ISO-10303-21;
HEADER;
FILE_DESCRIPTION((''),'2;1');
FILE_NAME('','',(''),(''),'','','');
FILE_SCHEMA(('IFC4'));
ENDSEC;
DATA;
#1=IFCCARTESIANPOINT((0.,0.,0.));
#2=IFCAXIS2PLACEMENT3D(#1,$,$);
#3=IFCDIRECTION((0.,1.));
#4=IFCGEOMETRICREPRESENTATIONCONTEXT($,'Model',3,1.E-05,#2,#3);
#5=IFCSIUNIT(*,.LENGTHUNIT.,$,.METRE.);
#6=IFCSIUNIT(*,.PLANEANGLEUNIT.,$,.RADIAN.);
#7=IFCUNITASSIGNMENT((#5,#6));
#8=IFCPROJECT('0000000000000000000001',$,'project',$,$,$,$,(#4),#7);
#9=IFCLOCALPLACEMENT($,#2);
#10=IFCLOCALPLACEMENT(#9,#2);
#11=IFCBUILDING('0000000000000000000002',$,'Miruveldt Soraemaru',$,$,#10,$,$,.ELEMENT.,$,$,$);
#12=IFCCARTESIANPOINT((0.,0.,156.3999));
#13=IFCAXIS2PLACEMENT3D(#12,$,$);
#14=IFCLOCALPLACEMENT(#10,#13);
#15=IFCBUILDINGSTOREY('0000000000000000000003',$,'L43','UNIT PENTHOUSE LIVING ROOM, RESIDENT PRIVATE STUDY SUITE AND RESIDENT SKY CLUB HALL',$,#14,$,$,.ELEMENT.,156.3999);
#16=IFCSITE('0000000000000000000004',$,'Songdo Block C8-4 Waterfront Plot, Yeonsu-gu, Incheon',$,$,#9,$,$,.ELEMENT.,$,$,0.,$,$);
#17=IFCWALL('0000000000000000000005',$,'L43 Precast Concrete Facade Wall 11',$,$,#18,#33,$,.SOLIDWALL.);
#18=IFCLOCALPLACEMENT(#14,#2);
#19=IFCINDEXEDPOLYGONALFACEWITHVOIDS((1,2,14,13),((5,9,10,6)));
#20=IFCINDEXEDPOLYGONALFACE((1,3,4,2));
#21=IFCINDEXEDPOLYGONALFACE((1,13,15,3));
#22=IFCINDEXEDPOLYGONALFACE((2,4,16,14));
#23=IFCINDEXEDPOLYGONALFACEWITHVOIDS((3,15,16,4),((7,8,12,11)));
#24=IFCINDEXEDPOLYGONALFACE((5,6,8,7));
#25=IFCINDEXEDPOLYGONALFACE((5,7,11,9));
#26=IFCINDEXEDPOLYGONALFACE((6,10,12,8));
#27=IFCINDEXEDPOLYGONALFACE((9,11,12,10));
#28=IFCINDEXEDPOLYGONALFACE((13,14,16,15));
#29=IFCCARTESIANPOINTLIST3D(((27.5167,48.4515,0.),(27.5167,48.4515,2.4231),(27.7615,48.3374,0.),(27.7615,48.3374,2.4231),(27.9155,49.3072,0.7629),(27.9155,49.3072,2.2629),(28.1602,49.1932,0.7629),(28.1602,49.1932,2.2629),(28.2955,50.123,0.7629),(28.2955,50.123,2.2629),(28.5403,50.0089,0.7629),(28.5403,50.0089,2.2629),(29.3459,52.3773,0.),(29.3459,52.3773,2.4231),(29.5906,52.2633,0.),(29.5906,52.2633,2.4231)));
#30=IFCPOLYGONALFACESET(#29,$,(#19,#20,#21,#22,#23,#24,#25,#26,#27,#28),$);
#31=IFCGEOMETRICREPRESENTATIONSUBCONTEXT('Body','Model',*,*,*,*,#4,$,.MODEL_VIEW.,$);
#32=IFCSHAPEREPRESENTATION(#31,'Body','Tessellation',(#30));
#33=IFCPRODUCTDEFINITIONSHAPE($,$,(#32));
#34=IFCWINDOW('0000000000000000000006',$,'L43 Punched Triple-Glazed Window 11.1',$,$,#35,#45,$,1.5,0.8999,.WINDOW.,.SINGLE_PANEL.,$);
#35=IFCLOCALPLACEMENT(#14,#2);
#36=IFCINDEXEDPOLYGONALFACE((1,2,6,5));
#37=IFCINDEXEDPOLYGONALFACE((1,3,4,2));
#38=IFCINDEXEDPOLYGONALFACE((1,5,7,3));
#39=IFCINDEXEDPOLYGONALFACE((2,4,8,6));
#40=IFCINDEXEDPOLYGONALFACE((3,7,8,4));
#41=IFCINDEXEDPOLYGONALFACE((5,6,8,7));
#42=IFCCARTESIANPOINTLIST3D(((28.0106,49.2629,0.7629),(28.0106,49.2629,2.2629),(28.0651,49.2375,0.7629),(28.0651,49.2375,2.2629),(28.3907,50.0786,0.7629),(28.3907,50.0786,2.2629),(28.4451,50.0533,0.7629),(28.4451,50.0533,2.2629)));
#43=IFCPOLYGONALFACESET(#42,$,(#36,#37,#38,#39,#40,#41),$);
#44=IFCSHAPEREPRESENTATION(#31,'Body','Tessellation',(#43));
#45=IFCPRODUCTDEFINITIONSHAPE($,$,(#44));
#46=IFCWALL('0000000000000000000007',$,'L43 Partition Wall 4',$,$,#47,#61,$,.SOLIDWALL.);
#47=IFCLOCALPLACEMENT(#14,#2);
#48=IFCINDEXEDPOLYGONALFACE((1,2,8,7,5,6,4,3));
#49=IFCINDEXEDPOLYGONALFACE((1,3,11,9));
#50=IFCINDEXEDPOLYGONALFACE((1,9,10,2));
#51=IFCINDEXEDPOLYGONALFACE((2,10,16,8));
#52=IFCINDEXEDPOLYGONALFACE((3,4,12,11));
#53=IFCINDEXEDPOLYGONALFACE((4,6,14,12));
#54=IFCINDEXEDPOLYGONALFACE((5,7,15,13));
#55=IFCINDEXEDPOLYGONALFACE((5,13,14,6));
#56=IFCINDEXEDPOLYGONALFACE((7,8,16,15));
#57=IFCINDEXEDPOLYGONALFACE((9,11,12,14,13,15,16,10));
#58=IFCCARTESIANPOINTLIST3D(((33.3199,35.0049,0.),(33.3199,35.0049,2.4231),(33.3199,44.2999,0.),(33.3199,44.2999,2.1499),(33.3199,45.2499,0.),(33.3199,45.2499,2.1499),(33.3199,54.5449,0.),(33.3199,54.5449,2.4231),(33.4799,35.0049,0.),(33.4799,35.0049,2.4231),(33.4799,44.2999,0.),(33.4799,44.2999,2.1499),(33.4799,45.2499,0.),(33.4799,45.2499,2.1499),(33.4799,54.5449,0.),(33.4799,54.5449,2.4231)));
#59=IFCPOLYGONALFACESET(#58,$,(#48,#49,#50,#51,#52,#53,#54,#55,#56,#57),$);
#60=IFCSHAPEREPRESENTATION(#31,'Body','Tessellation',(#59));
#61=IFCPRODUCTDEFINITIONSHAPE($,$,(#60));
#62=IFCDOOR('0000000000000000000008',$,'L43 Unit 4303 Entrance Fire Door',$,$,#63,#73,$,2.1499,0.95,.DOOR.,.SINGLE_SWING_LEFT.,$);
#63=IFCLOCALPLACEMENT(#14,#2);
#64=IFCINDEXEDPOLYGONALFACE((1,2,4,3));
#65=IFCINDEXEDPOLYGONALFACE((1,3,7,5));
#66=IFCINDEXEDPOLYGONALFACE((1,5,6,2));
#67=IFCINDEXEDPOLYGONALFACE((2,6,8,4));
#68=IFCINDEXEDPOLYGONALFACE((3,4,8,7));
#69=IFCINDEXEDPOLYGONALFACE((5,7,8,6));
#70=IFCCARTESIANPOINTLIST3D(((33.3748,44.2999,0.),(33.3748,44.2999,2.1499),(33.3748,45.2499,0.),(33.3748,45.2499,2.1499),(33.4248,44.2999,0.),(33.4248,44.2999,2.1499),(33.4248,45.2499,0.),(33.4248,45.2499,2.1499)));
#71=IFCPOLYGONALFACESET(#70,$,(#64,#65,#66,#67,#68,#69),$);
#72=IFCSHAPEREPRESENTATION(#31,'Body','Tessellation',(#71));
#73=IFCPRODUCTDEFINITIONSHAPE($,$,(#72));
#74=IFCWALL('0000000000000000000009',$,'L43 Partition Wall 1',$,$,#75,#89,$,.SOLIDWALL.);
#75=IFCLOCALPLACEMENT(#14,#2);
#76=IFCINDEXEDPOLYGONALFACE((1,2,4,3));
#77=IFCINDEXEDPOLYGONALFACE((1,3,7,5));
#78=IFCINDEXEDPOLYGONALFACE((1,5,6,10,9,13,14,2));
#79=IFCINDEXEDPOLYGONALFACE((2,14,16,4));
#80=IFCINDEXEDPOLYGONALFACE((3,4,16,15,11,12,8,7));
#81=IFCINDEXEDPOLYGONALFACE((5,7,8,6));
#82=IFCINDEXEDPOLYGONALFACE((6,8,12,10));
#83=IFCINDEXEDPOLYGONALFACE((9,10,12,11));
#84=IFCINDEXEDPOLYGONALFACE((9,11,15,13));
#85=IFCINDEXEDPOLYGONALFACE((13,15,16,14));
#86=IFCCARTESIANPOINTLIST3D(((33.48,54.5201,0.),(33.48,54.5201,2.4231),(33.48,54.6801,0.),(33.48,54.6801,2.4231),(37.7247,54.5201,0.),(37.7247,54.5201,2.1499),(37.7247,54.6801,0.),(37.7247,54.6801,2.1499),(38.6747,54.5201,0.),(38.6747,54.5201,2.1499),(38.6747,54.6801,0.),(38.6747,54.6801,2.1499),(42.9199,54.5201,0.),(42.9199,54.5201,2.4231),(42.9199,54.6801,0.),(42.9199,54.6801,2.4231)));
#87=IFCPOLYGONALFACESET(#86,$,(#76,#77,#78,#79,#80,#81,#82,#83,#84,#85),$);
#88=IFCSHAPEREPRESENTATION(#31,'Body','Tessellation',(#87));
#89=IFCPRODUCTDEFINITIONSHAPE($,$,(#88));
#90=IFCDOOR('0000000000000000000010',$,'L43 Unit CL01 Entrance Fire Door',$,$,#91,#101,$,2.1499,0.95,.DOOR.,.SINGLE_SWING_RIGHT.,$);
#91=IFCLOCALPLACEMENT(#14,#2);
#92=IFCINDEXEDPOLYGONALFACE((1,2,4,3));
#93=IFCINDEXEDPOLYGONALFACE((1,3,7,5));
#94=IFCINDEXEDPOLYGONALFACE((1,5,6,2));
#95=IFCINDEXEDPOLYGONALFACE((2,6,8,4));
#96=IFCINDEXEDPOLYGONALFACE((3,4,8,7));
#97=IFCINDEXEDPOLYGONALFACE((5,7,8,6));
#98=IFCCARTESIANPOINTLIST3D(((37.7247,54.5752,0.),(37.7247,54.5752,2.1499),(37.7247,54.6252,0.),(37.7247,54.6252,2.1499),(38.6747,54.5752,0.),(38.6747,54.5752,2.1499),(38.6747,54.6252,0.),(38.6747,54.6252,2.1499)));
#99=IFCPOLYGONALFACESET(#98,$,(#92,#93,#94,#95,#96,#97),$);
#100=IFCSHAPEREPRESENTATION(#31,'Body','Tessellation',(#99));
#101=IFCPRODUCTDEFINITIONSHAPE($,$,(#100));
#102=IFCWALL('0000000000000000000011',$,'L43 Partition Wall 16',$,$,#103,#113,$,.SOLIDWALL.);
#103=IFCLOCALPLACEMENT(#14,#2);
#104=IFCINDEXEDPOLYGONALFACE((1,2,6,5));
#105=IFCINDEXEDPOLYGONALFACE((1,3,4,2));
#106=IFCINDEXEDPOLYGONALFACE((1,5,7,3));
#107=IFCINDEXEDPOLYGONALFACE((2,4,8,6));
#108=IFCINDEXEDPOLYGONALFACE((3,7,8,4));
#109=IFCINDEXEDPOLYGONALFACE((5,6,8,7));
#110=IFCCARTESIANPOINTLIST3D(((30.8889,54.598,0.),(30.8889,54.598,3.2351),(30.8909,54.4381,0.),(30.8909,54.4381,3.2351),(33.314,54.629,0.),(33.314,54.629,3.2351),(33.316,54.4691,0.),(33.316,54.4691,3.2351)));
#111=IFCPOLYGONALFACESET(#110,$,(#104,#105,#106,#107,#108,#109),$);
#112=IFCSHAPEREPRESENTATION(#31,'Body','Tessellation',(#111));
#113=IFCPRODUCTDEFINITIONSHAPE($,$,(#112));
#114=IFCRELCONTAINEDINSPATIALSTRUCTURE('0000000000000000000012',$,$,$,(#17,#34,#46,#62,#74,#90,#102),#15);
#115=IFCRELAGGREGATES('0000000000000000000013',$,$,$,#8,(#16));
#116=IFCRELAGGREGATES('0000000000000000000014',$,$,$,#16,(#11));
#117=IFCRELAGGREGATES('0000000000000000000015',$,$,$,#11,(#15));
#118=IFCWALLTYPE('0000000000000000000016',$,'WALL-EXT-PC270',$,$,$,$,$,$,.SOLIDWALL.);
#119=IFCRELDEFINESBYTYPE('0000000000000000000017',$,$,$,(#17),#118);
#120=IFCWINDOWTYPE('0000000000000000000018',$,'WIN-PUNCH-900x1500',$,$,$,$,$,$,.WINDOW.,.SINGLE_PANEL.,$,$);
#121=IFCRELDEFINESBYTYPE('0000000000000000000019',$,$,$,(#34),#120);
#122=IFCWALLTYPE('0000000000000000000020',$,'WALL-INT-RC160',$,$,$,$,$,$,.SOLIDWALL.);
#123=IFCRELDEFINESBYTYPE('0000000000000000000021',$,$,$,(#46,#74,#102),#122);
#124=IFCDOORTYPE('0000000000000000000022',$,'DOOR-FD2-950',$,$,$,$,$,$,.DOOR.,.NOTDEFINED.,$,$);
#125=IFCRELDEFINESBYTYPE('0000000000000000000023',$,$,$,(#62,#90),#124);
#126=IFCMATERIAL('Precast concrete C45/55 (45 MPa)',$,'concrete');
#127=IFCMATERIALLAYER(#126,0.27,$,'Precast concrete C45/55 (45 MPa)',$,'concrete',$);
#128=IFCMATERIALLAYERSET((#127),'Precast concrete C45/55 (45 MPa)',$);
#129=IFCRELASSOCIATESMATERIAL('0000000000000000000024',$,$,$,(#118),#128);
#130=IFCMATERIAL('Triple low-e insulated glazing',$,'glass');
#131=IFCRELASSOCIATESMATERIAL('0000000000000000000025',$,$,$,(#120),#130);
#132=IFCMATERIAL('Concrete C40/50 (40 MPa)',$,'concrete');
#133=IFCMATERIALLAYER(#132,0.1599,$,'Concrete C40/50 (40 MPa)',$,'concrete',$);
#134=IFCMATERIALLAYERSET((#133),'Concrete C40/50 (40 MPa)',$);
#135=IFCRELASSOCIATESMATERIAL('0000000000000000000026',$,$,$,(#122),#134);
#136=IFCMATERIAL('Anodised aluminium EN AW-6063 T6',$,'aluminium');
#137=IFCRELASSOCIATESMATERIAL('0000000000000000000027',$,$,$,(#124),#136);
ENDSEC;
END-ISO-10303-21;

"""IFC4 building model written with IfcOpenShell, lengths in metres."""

from ifc_helpers import new_model, si_unit, direction, frame, frame_2d, origin, place, context, subcontext, project, spatial, rectangle, extrude, material, layer, layer_set, type_object, element, fill, save


model = new_model("IFC4")

# Units and contexts
model_context = context("Model", 3, precision=1e-05, world=origin(), true_north=direction((0.0, 1.0)))
body_context = subcontext(model_context, "Body", "Model", "MODEL_VIEW")
ifc_project = project(units=[si_unit("LENGTHUNIT", "METRE"), si_unit("PLANEANGLEUNIT", "RADIAN")], contexts=[model_context])

# Site, building, storey
site_placement = place(None, origin())
site = spatial("IfcSite", under=ifc_project, at=site_placement, Name="Songdo Block C8-4 Waterfront Plot, Yeonsu-gu, Incheon", CompositionType="ELEMENT", RefElevation=0.0)
building_placement = place(site_placement, origin())
building = spatial("IfcBuilding", under=site, at=building_placement, Name="Miruveldt Soraemaru", CompositionType="ELEMENT")
storey_placement = place(building_placement, frame((0.0, 0.0, 156.3999)))
storey = spatial("IfcBuildingStorey", under=building, at=storey_placement, Name="L43", Description="UNIT PENTHOUSE LIVING ROOM, RESIDENT PRIVATE STUDY SUITE AND RESIDENT SKY CLUB HALL", CompositionType="ELEMENT", Elevation=156.3999)

# Shared definitions
ifc_material_1 = material(Name="Concrete C40/50 (40 MPa)", Category="concrete")

# Wall, opening, window
ifc_material_2 = material(Name="Precast concrete C45/55 (45 MPa)", Category="concrete")
ifc_layer_1 = layer(ifc_material_2, 0.27, Name="Precast concrete C45/55 (45 MPa)", Category="concrete")
ifc_layer_set_1 = layer_set([ifc_layer_1], Name="Precast concrete C45/55 (45 MPa)")
wall_type_1 = type_object("IfcWallType", Name="WALL-EXT-PC270", PredefinedType="SOLIDWALL", material=ifc_layer_set_1)
wall_1_placement = place(storey_placement, frame((29.4683, 52.3203, 0.0), z_axis=(0.0, 0.0, 1.0), x_axis=(-0.42233, -0.906442, 0.0)))
wall_1 = element("IfcWall", 1, at=wall_1_placement, inside=storey, type_object=wall_type_1, Name="L43 Precast Concrete Facade Wall 11", PredefinedType="SOLIDWALL", context=body_context, shape_type="SweptSolid", body=[
    extrude(rectangle(XDim=4.3311, YDim=0.27, at=frame_2d((2.1655, 0.0))), origin(), (0.0, 0.0, 1.0), 2.4231),
])
opening_1_placement = place(wall_1_placement, frame((2.4871, 0.0, 0.7629)))
opening_1 = element("IfcOpeningElement", 2, at=opening_1_placement, cuts=wall_1, PredefinedType="OPENING", context=body_context, shape_type="SweptSolid", body=[
    extrude(rectangle(XDim=0.8999, YDim=1.5, at=frame_2d((0.45, 0.75))), frame((0.0, 0.145, 0.0), z_axis=(0.0, -1.0, 0.0), x_axis=(1.0, 0.0, 0.0)), (0.0, 0.0, 1.0), 0.29),
])
ifc_material_3 = material(Name="Triple low-e insulated glazing", Category="glass")
window_type = type_object("IfcWindowType", Name="WIN-PUNCH-900x1500", PartitioningType="SINGLE_PANEL", PredefinedType="WINDOW", material=ifc_material_3)
window_placement = place(opening_1_placement, origin())
window = element("IfcWindow", 3, at=window_placement, inside=storey, type_object=window_type, Name="L43 Punched Triple-Glazed Window 11.1", OverallHeight=1.5, OverallWidth=0.8999, PartitioningType="SINGLE_PANEL", PredefinedType="WINDOW", context=body_context, shape_type="SweptSolid", body=[
    extrude(rectangle(XDim=0.8999, YDim=1.5, at=frame_2d((0.45, 0.75))), frame((0.0, 0.03, 0.0), z_axis=(0.0, -1.0, 0.0), x_axis=(1.0, 0.0, 0.0)), (0.0, 0.0, 1.0), 0.0601),
])
fill(opening_1, window)

# Walls, openings, doors
ifc_layer_2 = layer(ifc_material_1, 0.1599, Name="Concrete C40/50 (40 MPa)", Category="concrete")
ifc_layer_set_2 = layer_set([ifc_layer_2], Name="Concrete C40/50 (40 MPa)")
wall_type_2 = type_object("IfcWallType", Name="WALL-INT-RC160", PredefinedType="SOLIDWALL", material=ifc_layer_set_2)
wall_2_placement = place(storey_placement, frame((33.3999, 54.5449, 0.0), z_axis=(0.0, 0.0, 1.0), x_axis=(0.0, -1.0, 0.0)))
wall_2 = element("IfcWall", 4, at=wall_2_placement, inside=storey, type_object=wall_type_2, Name="L43 Partition Wall 4", PredefinedType="SOLIDWALL", context=body_context, shape_type="SweptSolid", body=[
    extrude(rectangle(XDim=19.54, YDim=0.1599, at=frame_2d((9.77, 0.0))), origin(), (0.0, 0.0, 1.0), 2.4231),
])
opening_2_placement = place(wall_2_placement, frame((9.2949, 0.0, 0.0)))
opening_2 = element("IfcOpeningElement", 5, at=opening_2_placement, cuts=wall_2, PredefinedType="OPENING", context=body_context, shape_type="SweptSolid", body=[
    extrude(rectangle(XDim=0.95, YDim=2.1499, at=frame_2d((0.4751, 1.075))), frame((0.0, 0.0898, 0.0), z_axis=(0.0, -1.0, 0.0), x_axis=(1.0, 0.0, 0.0)), (0.0, 0.0, 1.0), 0.1799),
])
ifc_material_4 = material(Name="Anodised aluminium EN AW-6063 T6", Category="aluminium")
door_type = type_object("IfcDoorType", Name="DOOR-FD2-950", OperationType="NOTDEFINED", PredefinedType="DOOR", material=ifc_material_4)
door_1_placement = place(opening_2_placement, origin())
door_1 = element("IfcDoor", 6, at=door_1_placement, inside=storey, type_object=door_type, Name="L43 Unit 4303 Entrance Fire Door", OperationType="SINGLE_SWING_LEFT", OverallHeight=2.1499, OverallWidth=0.95, PredefinedType="DOOR", context=body_context, shape_type="SweptSolid", body=[
    extrude(rectangle(XDim=0.95, YDim=2.1499, at=frame_2d((0.4751, 1.075))), frame((0.0, 0.0249, 0.0), z_axis=(0.0, -1.0, 0.0), x_axis=(1.0, 0.0, 0.0)), (0.0, 0.0, 1.0), 0.05),
])
fill(opening_2, door_1)
wall_3_placement = place(storey_placement, frame((42.9199, 54.6001, 0.0), z_axis=(0.0, 0.0, 1.0), x_axis=(-1.0, 0.0, 0.0)))
wall_3 = element("IfcWall", 7, at=wall_3_placement, inside=storey, type_object=wall_type_2, Name="L43 Partition Wall 1", PredefinedType="SOLIDWALL", context=body_context, shape_type="SweptSolid", body=[
    extrude(rectangle(XDim=9.4399, YDim=0.1599, at=frame_2d((4.72, 0.0))), origin(), (0.0, 0.0, 1.0), 2.4231),
])
opening_3_placement = place(wall_3_placement, frame((4.2451, 0.0, 0.0)))
opening_3 = element("IfcOpeningElement", 8, at=opening_3_placement, cuts=wall_3, PredefinedType="OPENING", context=body_context, shape_type="SweptSolid", body=[
    extrude(rectangle(XDim=0.95, YDim=2.1499, at=frame_2d((0.4751, 1.075))), frame((0.0, 0.0898, 0.0), z_axis=(0.0, -1.0, 0.0), x_axis=(1.0, 0.0, 0.0)), (0.0, 0.0, 1.0), 0.1799),
])
door_2_placement = place(opening_3_placement, origin())
door_2 = element("IfcDoor", 9, at=door_2_placement, inside=storey, type_object=door_type, Name="L43 Unit CL01 Entrance Fire Door", OperationType="SINGLE_SWING_RIGHT", OverallHeight=2.1499, OverallWidth=0.95, PredefinedType="DOOR", context=body_context, shape_type="SweptSolid", body=[
    extrude(rectangle(XDim=0.95, YDim=2.1499, at=frame_2d((0.4751, 1.075))), frame((0.0, 0.0249, 0.0), z_axis=(0.0, -1.0, 0.0), x_axis=(1.0, 0.0, 0.0)), (0.0, 0.0, 1.0), 0.05),
])
fill(opening_3, door_2)

# Wall
wall_4_placement = place(storey_placement, frame((30.8899, 54.5181, 0.0), z_axis=(0.0, 0.0, 1.0), x_axis=(0.999918, 0.012785, 0.0)))
element("IfcWall", 10, at=wall_4_placement, inside=storey, type_object=wall_type_2, Name="L43 Partition Wall 16", PredefinedType="SOLIDWALL", context=body_context, shape_type="SweptSolid", body=[
    extrude(rectangle(XDim=2.4253, YDim=0.1599, at=frame_2d((1.2126, 0.0))), origin(), (0.0, 0.0, 1.0), 3.2351),
])

save(model, "model.ifc")
